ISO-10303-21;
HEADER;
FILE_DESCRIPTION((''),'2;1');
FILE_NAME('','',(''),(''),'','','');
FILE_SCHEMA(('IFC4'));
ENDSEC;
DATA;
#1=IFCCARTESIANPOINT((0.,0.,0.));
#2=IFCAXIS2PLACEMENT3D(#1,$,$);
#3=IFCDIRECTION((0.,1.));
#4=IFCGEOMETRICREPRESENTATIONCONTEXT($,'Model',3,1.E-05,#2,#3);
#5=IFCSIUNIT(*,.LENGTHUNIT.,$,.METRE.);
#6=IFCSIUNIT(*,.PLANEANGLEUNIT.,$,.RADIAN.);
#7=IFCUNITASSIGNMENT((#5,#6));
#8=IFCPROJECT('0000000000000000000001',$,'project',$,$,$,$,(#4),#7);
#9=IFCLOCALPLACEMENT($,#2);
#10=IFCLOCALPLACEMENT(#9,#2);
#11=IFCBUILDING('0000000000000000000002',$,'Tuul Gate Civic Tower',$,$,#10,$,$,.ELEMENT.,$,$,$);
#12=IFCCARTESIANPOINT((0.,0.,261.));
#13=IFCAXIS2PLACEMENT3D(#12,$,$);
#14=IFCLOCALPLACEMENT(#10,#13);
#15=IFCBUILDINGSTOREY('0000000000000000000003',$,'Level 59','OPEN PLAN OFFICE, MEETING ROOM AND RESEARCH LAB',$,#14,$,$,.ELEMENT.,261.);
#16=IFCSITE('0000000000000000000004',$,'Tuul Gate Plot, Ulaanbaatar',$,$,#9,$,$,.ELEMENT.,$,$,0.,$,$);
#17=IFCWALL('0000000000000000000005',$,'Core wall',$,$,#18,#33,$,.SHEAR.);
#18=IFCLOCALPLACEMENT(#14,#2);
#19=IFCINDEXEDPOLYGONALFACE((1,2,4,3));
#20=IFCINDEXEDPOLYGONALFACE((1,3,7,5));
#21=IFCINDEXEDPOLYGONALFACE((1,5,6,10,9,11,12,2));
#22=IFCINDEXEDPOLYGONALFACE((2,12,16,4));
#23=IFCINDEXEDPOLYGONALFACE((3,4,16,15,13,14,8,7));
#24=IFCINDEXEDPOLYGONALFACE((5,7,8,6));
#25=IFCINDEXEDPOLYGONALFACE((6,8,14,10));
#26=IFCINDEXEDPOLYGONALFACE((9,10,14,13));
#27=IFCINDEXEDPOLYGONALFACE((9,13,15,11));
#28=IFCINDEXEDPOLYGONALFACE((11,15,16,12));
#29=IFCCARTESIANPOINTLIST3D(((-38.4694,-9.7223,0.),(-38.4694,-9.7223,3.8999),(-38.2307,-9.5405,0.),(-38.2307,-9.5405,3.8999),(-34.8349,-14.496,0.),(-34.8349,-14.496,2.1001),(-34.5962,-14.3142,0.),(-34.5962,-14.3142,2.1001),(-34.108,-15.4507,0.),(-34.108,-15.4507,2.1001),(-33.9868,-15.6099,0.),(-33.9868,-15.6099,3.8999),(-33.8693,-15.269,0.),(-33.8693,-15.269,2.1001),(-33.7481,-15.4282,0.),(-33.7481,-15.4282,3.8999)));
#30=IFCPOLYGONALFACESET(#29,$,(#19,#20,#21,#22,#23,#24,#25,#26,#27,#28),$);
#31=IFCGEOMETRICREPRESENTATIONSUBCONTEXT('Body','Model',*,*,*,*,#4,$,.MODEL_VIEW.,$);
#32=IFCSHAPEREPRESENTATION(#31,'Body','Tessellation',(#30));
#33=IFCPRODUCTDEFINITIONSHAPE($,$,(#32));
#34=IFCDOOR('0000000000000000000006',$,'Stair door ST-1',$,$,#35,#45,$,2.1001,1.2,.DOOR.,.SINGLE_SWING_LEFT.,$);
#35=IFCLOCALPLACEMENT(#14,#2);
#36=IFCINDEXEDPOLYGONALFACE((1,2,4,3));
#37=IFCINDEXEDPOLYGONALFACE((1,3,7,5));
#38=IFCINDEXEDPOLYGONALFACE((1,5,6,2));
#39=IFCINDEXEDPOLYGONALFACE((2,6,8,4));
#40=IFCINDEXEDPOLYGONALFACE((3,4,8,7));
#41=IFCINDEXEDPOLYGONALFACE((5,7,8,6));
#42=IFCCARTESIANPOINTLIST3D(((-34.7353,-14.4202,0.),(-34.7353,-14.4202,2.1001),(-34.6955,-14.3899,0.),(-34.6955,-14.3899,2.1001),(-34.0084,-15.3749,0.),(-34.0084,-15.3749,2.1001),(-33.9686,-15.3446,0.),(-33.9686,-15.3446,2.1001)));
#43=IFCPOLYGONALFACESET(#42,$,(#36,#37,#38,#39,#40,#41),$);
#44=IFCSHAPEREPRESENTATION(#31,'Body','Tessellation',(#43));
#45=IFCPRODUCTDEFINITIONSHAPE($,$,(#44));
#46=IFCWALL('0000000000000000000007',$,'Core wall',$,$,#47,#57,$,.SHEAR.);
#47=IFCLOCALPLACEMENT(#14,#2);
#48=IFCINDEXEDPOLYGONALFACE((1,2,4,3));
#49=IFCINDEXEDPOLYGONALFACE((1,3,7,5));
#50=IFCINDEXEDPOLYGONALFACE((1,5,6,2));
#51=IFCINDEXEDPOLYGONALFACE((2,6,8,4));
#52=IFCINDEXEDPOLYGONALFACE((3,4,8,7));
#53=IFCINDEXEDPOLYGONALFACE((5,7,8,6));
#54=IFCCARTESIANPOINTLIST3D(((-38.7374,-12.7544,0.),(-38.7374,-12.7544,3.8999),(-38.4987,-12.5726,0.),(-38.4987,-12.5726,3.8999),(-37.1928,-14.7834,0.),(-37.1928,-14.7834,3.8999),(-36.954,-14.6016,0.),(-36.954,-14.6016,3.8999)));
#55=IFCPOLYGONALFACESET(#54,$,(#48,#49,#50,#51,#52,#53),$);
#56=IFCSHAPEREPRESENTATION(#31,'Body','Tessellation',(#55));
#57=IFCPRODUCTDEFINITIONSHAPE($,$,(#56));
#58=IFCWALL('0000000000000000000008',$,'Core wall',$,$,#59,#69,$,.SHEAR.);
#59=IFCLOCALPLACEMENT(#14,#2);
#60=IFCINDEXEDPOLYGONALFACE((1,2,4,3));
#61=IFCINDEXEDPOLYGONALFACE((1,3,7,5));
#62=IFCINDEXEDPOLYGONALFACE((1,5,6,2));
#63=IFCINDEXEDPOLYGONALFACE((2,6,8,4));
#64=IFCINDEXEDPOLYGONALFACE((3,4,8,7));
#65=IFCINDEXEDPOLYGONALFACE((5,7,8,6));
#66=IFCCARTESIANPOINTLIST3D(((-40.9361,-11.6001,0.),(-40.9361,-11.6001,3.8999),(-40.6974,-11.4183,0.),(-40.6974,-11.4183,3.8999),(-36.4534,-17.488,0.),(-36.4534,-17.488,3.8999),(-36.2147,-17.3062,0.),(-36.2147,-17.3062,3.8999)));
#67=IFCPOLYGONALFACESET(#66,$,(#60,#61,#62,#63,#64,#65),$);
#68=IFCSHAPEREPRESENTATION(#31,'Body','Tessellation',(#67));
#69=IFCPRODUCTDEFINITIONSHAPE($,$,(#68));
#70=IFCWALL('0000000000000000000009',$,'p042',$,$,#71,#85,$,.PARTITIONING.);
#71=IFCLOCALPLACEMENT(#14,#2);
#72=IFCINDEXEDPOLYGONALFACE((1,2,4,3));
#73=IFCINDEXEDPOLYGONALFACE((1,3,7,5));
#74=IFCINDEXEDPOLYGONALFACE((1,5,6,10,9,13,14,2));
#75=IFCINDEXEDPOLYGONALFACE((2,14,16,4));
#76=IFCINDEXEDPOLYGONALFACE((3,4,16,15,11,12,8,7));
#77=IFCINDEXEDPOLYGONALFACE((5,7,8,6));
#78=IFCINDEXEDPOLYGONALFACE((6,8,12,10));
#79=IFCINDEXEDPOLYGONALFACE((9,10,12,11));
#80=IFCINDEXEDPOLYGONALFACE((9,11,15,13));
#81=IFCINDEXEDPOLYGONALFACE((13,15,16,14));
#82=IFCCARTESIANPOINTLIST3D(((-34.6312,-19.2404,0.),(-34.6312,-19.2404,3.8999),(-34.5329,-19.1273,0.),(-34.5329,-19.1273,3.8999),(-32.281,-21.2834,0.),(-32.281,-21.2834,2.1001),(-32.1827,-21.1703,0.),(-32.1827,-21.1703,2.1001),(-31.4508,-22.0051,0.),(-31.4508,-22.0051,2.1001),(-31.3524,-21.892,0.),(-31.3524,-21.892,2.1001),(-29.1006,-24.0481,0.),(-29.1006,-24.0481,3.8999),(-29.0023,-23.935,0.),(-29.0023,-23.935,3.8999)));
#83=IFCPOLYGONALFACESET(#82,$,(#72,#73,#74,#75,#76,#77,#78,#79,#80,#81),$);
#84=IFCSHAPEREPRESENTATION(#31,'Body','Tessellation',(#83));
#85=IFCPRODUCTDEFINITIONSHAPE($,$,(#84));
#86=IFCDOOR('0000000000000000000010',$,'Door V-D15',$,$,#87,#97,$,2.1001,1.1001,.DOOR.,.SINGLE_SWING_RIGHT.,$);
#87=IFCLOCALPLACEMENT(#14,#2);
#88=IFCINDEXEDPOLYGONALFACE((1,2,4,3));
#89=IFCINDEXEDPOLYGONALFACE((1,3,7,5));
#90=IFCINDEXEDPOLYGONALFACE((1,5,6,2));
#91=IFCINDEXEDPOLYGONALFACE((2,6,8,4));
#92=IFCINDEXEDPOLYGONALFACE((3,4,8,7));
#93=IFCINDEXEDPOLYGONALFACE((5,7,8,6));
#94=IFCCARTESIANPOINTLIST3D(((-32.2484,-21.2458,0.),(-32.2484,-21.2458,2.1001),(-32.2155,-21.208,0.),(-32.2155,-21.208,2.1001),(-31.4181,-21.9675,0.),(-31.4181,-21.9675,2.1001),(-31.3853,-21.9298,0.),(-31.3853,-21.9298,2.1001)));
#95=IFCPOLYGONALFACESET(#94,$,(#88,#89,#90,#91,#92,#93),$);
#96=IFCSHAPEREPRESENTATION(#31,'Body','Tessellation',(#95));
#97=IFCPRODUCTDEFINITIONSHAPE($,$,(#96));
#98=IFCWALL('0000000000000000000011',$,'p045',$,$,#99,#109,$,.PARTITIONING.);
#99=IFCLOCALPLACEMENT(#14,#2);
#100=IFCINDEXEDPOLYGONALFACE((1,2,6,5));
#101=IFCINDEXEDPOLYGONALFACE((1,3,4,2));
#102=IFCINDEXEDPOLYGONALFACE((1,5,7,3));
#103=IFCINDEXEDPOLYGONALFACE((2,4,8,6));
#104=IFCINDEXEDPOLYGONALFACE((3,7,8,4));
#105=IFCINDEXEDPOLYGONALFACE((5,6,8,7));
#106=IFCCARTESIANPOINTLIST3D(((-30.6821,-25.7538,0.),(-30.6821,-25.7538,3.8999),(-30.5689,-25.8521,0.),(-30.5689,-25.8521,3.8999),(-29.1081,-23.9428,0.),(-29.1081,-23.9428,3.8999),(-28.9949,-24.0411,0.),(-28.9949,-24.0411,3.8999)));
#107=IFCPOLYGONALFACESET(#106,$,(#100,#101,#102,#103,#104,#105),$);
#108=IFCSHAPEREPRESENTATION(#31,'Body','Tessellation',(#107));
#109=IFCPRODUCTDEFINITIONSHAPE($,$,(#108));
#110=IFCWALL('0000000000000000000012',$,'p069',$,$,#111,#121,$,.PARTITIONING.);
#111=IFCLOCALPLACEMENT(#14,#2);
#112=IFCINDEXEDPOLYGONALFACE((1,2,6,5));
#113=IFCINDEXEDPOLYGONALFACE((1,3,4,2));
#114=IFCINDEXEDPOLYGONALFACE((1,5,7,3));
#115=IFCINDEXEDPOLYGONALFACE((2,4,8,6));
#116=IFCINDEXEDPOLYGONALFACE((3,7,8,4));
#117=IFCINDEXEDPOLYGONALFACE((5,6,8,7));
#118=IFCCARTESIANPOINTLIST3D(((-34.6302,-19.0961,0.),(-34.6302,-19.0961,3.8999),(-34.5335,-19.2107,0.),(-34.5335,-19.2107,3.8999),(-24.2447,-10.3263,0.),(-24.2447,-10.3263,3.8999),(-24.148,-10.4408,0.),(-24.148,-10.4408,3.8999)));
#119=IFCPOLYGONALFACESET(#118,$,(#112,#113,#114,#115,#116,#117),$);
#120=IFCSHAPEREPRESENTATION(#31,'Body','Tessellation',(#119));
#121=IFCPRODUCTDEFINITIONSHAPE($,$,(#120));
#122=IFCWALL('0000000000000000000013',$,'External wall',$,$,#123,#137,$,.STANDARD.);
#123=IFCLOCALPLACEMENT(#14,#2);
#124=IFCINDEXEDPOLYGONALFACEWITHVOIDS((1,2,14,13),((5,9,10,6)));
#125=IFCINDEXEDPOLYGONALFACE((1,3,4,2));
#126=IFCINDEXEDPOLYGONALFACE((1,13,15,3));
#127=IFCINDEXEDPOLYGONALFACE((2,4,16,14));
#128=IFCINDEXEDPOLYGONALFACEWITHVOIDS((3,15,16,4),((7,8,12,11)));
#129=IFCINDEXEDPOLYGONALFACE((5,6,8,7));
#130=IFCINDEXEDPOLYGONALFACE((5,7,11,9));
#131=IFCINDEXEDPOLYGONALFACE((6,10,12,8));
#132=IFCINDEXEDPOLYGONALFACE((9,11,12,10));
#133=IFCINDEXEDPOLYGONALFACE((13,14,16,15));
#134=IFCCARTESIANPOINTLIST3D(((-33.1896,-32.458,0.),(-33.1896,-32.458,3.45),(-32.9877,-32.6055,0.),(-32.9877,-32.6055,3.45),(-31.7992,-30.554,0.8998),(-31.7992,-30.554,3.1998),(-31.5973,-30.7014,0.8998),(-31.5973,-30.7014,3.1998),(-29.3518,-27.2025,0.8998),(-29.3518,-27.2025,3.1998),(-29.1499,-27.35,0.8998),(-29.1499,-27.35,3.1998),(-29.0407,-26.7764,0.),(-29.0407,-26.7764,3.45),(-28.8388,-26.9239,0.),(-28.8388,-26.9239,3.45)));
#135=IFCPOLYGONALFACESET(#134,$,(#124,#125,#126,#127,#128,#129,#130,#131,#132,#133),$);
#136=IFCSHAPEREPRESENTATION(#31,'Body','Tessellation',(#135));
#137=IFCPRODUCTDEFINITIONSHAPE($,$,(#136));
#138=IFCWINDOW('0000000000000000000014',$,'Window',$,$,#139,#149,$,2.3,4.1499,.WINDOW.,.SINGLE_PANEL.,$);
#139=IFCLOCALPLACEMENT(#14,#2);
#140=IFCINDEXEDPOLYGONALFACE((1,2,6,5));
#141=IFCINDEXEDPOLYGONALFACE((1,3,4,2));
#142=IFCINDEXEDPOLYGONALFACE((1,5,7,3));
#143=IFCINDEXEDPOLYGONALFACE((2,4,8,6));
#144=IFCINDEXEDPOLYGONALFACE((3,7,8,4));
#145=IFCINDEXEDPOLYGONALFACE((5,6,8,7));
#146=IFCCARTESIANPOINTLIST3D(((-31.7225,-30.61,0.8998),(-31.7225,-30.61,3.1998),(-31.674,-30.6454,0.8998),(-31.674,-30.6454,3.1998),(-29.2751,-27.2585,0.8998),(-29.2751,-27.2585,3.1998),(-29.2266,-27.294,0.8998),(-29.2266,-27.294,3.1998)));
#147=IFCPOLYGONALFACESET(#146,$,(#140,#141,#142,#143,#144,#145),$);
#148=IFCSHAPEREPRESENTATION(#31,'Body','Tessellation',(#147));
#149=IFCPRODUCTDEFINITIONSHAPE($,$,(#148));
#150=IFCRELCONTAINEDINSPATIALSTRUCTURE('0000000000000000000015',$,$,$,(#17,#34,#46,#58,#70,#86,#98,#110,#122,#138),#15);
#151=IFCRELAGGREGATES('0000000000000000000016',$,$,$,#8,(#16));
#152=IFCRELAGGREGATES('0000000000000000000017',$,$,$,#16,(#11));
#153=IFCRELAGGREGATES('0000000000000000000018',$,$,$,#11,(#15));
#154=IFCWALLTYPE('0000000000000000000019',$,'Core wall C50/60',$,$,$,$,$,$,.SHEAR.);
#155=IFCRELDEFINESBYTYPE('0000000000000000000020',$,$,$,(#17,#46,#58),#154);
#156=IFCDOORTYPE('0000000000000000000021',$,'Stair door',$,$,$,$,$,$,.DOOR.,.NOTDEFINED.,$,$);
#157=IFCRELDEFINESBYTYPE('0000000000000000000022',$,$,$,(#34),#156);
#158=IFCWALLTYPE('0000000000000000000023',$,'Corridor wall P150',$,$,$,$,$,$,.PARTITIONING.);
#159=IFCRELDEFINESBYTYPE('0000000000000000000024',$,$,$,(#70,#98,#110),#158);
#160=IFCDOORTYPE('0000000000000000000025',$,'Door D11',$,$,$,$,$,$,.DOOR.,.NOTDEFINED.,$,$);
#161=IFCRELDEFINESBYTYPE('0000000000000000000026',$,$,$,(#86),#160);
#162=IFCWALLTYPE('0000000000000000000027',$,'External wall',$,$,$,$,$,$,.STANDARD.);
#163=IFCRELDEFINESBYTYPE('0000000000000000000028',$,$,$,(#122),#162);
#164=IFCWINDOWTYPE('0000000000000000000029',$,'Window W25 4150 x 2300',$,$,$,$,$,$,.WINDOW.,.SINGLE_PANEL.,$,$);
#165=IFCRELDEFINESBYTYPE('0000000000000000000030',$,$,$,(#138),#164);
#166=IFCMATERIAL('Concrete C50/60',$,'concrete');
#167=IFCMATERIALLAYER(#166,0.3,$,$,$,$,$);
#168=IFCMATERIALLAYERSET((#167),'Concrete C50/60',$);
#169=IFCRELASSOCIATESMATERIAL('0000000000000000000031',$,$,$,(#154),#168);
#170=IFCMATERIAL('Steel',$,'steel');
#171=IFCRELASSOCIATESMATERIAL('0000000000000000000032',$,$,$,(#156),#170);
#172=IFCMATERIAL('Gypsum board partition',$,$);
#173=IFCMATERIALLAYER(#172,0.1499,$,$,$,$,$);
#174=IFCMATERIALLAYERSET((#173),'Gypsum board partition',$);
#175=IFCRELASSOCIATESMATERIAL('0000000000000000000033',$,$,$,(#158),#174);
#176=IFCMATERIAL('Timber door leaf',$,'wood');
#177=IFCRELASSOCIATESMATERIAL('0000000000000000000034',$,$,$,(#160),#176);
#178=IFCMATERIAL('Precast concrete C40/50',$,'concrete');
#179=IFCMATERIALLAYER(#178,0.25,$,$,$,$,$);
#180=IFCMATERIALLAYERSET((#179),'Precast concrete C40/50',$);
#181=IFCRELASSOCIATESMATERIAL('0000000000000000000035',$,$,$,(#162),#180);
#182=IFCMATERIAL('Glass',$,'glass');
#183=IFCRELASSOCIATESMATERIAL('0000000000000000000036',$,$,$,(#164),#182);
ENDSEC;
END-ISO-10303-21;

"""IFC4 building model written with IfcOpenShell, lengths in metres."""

from ifc_helpers import new_model, si_unit, direction, frame, frame_2d, origin, place, context, subcontext, project, spatial, rectangle, extrude, material, layer, layer_set, type_object, element, fill, save


model = new_model("IFC4")

# Units and contexts
model_context = context("Model", 3, precision=1e-05, world=origin(), true_north=direction((0.0, 1.0)))
body_context = subcontext(model_context, "Body", "Model", "MODEL_VIEW")
ifc_project = project(units=[si_unit("LENGTHUNIT", "METRE"), si_unit("PLANEANGLEUNIT", "RADIAN")], contexts=[model_context])

# Site, building, storey
site_placement = place(None, origin())
site = spatial("IfcSite", under=ifc_project, at=site_placement, Name="Tuul Gate Plot, Ulaanbaatar", CompositionType="ELEMENT", RefElevation=0.0)
building_placement = place(site_placement, origin())
building = spatial("IfcBuilding", under=site, at=building_placement, Name="Tuul Gate Civic Tower", CompositionType="ELEMENT")
storey_placement = place(building_placement, frame((0.0, 0.0, 261.0)))
storey = spatial("IfcBuildingStorey", under=building, at=storey_placement, Name="Level 59", Description="OPEN PLAN OFFICE, MEETING ROOM AND RESEARCH LAB", CompositionType="ELEMENT", Elevation=261.0)

# Wall, opening, door
ifc_material_1 = material(Name="Concrete C50/60", Category="concrete")
ifc_layer_1 = layer(ifc_material_1, 0.3)
ifc_layer_set_1 = layer_set([ifc_layer_1], Name="Concrete C50/60")
wall_type_1 = type_object("IfcWallType", Name="Core wall C50/60", PredefinedType="SHEAR", material=ifc_layer_set_1)
wall_1_placement = place(storey_placement, frame((-33.8674, -15.519, 0.0), z_axis=(0.0, 0.0, 1.0), x_axis=(-0.60577, 0.79564, 0.0)))
wall_1 = element("IfcWall", 1, at=wall_1_placement, inside=storey, type_object=wall_type_1, Name="Core wall", PredefinedType="SHEAR", context=body_context, shape_type="SweptSolid", body=[
    extrude(rectangle(XDim=7.3999, YDim=0.3, at=frame_2d((3.7, 0.0))), origin(), (0.0, 0.0, 1.0), 3.8999),
])
opening_1_placement = place(wall_1_placement, frame((0.2, 0.0, 0.0)))
opening_1 = element("IfcOpeningElement", 2, at=opening_1_placement, cuts=wall_1, PredefinedType="OPENING", context=body_context, shape_type="SweptSolid", body=[
    extrude(rectangle(XDim=1.2, YDim=2.1001, at=frame_2d((0.6001, 1.05))), frame((0.0, 0.1602, 0.0), z_axis=(0.0, -1.0, 0.0), x_axis=(1.0, 0.0, 0.0)), (0.0, 0.0, 1.0), 0.3201),
])
ifc_material_2 = material(Name="Steel", Category="steel")
door_type_1 = type_object("IfcDoorType", Name="Stair door", OperationType="NOTDEFINED", PredefinedType="DOOR", material=ifc_material_2)
door_1_placement = place(opening_1_placement, origin())
door_1 = element("IfcDoor", 3, at=door_1_placement, inside=storey, type_object=door_type_1, Name="Stair door ST-1", OperationType="SINGLE_SWING_LEFT", OverallHeight=2.1001, OverallWidth=1.2, PredefinedType="DOOR", context=body_context, shape_type="SweptSolid", body=[
    extrude(rectangle(XDim=1.2, YDim=2.1001, at=frame_2d((0.6001, 1.05))), frame((0.0, 0.0249, 0.0), z_axis=(0.0, -1.0, 0.0), x_axis=(1.0, 0.0, 0.0)), (0.0, 0.0, 1.0), 0.05),
])
fill(opening_1, door_1)

# Walls
wall_2_placement = place(storey_placement, frame((-37.0735, -14.6924, 0.0), z_axis=(0.0, 0.0, 1.0), x_axis=(-0.605729, 0.795671, 0.0)))
element("IfcWall", 4, at=wall_2_placement, inside=storey, type_object=wall_type_1, Name="Core wall", PredefinedType="SHEAR", context=body_context, shape_type="SweptSolid", body=[
    extrude(rectangle(XDim=2.55, YDim=0.3, at=frame_2d((1.2749, 0.0))), origin(), (0.0, 0.0, 1.0), 3.8999),
])
wall_3_placement = place(storey_placement, frame((-36.334, -17.3972, 0.0), z_axis=(0.0, 0.0, 1.0), x_axis=(-0.605754, 0.795652, 0.0)))
element("IfcWall", 5, at=wall_3_placement, inside=storey, type_object=wall_type_1, Name="Core wall", PredefinedType="SHEAR", context=body_context, shape_type="SweptSolid", body=[
    extrude(rectangle(XDim=7.4001, YDim=0.3, at=frame_2d((3.7002, 0.0))), origin(), (0.0, 0.0, 1.0), 3.8999),
])

# Wall, opening, door
ifc_material_3 = material(Name="Gypsum board partition")
ifc_layer_2 = layer(ifc_material_3, 0.1499)
ifc_layer_set_2 = layer_set([ifc_layer_2], Name="Gypsum board partition")
wall_type_2 = type_object("IfcWallType", Name="Corridor wall P150", PredefinedType="PARTITIONING", material=ifc_layer_set_2)
wall_4_placement = place(storey_placement, frame((-34.582, -19.1838, 0.0), z_axis=(0.0, 0.0, 1.0), x_axis=(0.754709, -0.65606, 0.0)))
wall_4 = element("IfcWall", 6, at=wall_4_placement, inside=storey, type_object=wall_type_2, Name="p042", PredefinedType="PARTITIONING", context=body_context, shape_type="SweptSolid", body=[
    extrude(rectangle(XDim=7.3281, YDim=0.1499, at=frame_2d((3.6641, 0.0))), origin(), (0.0, 0.0, 1.0), 3.8999),
])
opening_2_placement = place(wall_4_placement, frame((3.114, 0.0, 0.0)))
opening_2 = element("IfcOpeningElement", 7, at=opening_2_placement, cuts=wall_4, PredefinedType="OPENING", context=body_context, shape_type="SweptSolid", body=[
    extrude(rectangle(XDim=1.1001, YDim=2.1001, at=frame_2d((0.55, 1.05))), frame((0.0, 0.085, 0.0), z_axis=(0.0, -1.0, 0.0), x_axis=(1.0, 0.0, 0.0)), (0.0, 0.0, 1.0), 0.1699),
])
ifc_material_4 = material(Name="Timber door leaf", Category="wood")
door_type_2 = type_object("IfcDoorType", Name="Door D11", OperationType="NOTDEFINED", PredefinedType="DOOR", material=ifc_material_4)
door_2_placement = place(opening_2_placement, origin())
door_2 = element("IfcDoor", 8, at=door_2_placement, inside=storey, type_object=door_type_2, Name="Door V-D15", OperationType="SINGLE_SWING_RIGHT", OverallHeight=2.1001, OverallWidth=1.1001, PredefinedType="DOOR", context=body_context, shape_type="SweptSolid", body=[
    extrude(rectangle(XDim=1.1001, YDim=2.1001, at=frame_2d((0.55, 1.05))), frame((0.0, 0.0249, 0.0), z_axis=(0.0, -1.0, 0.0), x_axis=(1.0, 0.0, 0.0)), (0.0, 0.0, 1.0), 0.05),
])
fill(opening_2, door_2)

# Walls
wall_5_placement = place(storey_placement, frame((-30.6255, -25.803, 0.0), z_axis=(0.0, 0.0, 1.0), x_axis=(0.65598, 0.754779, 0.0)))
element("IfcWall", 9, at=wall_5_placement, inside=storey, type_object=wall_type_2, Name="p045", PredefinedType="PARTITIONING", context=body_context, shape_type="SweptSolid", body=[
    extrude(rectangle(XDim=2.3994, YDim=0.1499, at=frame_2d((1.1997, 0.0))), origin(), (0.0, 0.0, 1.0), 3.8999),
])
wall_6_placement = place(storey_placement, frame((-34.5818, -19.1533, 0.0), z_axis=(0.0, 0.0, 1.0), x_axis=(0.764037, 0.645172, 0.0)))
element("IfcWall", 10, at=wall_6_placement, inside=storey, type_object=wall_type_2, Name="p069", PredefinedType="PARTITIONING", context=body_context, shape_type="SweptSolid", body=[
    extrude(rectangle(XDim=13.593, YDim=0.1499, at=frame_2d((6.7964, 0.0))), origin(), (0.0, 0.0, 1.0), 3.8999),
])

# Wall, opening, window
ifc_material_5 = material(Name="Precast concrete C40/50", Category="concrete")
ifc_layer_3 = layer(ifc_material_5, 0.25)
ifc_layer_set_3 = layer_set([ifc_layer_3], Name="Precast concrete C40/50")
wall_type_3 = type_object("IfcWallType", Name="External wall", PredefinedType="STANDARD", material=ifc_layer_set_3)
wall_7_placement = place(storey_placement, frame((-33.0886, -32.5317, 0.0), z_axis=(0.0, 0.0, 1.0), x_axis=(0.589735, 0.807597, 0.0)))
wall_7 = element("IfcWall", 11, at=wall_7_placement, inside=storey, type_object=wall_type_3, Name="External wall", PredefinedType="STANDARD", context=body_context, shape_type="SweptSolid", body=[
    extrude(rectangle(XDim=7.0352, YDim=0.25, at=frame_2d((3.5176, 0.0))), origin(), (0.0, 0.0, 1.0), 3.45),
])
opening_3_placement = place(wall_7_placement, frame((2.3577, 0.0, 0.8999)))
opening_3 = element("IfcOpeningElement", 12, at=opening_3_placement, cuts=wall_7, PredefinedType="OPENING", context=body_context, shape_type="SweptSolid", body=[
    extrude(rectangle(XDim=4.1499, YDim=2.3, at=frame_2d((2.075, 1.1499))), frame((0.0, 0.135, 0.0), z_axis=(0.0, -1.0, 0.0), x_axis=(1.0, 0.0, 0.0)), (0.0, 0.0, 1.0), 0.27),
])
ifc_material_6 = material(Name="Glass", Category="glass")
window_type_1 = type_object("IfcWindowType", Name="Window W25 4150 x 2300", PartitioningType="SINGLE_PANEL", PredefinedType="WINDOW", material=ifc_material_6)
window_1_placement = place(opening_3_placement, origin())
window_1 = element("IfcWindow", 13, at=window_1_placement, inside=storey, type_object=window_type_1, Name="Window", OverallHeight=2.3, OverallWidth=4.1499, PartitioningType="SINGLE_PANEL", PredefinedType="WINDOW", context=body_context, shape_type="SweptSolid", body=[
    extrude(rectangle(XDim=4.1499, YDim=2.3, at=frame_2d((2.075, 1.1499))), frame((0.0, 0.03, 0.0), z_axis=(0.0, -1.0, 0.0), x_axis=(1.0, 0.0, 0.0)), (0.0, 0.0, 1.0), 0.0601),
])
fill(opening_3, window_1)

save(model, "model.ifc")
